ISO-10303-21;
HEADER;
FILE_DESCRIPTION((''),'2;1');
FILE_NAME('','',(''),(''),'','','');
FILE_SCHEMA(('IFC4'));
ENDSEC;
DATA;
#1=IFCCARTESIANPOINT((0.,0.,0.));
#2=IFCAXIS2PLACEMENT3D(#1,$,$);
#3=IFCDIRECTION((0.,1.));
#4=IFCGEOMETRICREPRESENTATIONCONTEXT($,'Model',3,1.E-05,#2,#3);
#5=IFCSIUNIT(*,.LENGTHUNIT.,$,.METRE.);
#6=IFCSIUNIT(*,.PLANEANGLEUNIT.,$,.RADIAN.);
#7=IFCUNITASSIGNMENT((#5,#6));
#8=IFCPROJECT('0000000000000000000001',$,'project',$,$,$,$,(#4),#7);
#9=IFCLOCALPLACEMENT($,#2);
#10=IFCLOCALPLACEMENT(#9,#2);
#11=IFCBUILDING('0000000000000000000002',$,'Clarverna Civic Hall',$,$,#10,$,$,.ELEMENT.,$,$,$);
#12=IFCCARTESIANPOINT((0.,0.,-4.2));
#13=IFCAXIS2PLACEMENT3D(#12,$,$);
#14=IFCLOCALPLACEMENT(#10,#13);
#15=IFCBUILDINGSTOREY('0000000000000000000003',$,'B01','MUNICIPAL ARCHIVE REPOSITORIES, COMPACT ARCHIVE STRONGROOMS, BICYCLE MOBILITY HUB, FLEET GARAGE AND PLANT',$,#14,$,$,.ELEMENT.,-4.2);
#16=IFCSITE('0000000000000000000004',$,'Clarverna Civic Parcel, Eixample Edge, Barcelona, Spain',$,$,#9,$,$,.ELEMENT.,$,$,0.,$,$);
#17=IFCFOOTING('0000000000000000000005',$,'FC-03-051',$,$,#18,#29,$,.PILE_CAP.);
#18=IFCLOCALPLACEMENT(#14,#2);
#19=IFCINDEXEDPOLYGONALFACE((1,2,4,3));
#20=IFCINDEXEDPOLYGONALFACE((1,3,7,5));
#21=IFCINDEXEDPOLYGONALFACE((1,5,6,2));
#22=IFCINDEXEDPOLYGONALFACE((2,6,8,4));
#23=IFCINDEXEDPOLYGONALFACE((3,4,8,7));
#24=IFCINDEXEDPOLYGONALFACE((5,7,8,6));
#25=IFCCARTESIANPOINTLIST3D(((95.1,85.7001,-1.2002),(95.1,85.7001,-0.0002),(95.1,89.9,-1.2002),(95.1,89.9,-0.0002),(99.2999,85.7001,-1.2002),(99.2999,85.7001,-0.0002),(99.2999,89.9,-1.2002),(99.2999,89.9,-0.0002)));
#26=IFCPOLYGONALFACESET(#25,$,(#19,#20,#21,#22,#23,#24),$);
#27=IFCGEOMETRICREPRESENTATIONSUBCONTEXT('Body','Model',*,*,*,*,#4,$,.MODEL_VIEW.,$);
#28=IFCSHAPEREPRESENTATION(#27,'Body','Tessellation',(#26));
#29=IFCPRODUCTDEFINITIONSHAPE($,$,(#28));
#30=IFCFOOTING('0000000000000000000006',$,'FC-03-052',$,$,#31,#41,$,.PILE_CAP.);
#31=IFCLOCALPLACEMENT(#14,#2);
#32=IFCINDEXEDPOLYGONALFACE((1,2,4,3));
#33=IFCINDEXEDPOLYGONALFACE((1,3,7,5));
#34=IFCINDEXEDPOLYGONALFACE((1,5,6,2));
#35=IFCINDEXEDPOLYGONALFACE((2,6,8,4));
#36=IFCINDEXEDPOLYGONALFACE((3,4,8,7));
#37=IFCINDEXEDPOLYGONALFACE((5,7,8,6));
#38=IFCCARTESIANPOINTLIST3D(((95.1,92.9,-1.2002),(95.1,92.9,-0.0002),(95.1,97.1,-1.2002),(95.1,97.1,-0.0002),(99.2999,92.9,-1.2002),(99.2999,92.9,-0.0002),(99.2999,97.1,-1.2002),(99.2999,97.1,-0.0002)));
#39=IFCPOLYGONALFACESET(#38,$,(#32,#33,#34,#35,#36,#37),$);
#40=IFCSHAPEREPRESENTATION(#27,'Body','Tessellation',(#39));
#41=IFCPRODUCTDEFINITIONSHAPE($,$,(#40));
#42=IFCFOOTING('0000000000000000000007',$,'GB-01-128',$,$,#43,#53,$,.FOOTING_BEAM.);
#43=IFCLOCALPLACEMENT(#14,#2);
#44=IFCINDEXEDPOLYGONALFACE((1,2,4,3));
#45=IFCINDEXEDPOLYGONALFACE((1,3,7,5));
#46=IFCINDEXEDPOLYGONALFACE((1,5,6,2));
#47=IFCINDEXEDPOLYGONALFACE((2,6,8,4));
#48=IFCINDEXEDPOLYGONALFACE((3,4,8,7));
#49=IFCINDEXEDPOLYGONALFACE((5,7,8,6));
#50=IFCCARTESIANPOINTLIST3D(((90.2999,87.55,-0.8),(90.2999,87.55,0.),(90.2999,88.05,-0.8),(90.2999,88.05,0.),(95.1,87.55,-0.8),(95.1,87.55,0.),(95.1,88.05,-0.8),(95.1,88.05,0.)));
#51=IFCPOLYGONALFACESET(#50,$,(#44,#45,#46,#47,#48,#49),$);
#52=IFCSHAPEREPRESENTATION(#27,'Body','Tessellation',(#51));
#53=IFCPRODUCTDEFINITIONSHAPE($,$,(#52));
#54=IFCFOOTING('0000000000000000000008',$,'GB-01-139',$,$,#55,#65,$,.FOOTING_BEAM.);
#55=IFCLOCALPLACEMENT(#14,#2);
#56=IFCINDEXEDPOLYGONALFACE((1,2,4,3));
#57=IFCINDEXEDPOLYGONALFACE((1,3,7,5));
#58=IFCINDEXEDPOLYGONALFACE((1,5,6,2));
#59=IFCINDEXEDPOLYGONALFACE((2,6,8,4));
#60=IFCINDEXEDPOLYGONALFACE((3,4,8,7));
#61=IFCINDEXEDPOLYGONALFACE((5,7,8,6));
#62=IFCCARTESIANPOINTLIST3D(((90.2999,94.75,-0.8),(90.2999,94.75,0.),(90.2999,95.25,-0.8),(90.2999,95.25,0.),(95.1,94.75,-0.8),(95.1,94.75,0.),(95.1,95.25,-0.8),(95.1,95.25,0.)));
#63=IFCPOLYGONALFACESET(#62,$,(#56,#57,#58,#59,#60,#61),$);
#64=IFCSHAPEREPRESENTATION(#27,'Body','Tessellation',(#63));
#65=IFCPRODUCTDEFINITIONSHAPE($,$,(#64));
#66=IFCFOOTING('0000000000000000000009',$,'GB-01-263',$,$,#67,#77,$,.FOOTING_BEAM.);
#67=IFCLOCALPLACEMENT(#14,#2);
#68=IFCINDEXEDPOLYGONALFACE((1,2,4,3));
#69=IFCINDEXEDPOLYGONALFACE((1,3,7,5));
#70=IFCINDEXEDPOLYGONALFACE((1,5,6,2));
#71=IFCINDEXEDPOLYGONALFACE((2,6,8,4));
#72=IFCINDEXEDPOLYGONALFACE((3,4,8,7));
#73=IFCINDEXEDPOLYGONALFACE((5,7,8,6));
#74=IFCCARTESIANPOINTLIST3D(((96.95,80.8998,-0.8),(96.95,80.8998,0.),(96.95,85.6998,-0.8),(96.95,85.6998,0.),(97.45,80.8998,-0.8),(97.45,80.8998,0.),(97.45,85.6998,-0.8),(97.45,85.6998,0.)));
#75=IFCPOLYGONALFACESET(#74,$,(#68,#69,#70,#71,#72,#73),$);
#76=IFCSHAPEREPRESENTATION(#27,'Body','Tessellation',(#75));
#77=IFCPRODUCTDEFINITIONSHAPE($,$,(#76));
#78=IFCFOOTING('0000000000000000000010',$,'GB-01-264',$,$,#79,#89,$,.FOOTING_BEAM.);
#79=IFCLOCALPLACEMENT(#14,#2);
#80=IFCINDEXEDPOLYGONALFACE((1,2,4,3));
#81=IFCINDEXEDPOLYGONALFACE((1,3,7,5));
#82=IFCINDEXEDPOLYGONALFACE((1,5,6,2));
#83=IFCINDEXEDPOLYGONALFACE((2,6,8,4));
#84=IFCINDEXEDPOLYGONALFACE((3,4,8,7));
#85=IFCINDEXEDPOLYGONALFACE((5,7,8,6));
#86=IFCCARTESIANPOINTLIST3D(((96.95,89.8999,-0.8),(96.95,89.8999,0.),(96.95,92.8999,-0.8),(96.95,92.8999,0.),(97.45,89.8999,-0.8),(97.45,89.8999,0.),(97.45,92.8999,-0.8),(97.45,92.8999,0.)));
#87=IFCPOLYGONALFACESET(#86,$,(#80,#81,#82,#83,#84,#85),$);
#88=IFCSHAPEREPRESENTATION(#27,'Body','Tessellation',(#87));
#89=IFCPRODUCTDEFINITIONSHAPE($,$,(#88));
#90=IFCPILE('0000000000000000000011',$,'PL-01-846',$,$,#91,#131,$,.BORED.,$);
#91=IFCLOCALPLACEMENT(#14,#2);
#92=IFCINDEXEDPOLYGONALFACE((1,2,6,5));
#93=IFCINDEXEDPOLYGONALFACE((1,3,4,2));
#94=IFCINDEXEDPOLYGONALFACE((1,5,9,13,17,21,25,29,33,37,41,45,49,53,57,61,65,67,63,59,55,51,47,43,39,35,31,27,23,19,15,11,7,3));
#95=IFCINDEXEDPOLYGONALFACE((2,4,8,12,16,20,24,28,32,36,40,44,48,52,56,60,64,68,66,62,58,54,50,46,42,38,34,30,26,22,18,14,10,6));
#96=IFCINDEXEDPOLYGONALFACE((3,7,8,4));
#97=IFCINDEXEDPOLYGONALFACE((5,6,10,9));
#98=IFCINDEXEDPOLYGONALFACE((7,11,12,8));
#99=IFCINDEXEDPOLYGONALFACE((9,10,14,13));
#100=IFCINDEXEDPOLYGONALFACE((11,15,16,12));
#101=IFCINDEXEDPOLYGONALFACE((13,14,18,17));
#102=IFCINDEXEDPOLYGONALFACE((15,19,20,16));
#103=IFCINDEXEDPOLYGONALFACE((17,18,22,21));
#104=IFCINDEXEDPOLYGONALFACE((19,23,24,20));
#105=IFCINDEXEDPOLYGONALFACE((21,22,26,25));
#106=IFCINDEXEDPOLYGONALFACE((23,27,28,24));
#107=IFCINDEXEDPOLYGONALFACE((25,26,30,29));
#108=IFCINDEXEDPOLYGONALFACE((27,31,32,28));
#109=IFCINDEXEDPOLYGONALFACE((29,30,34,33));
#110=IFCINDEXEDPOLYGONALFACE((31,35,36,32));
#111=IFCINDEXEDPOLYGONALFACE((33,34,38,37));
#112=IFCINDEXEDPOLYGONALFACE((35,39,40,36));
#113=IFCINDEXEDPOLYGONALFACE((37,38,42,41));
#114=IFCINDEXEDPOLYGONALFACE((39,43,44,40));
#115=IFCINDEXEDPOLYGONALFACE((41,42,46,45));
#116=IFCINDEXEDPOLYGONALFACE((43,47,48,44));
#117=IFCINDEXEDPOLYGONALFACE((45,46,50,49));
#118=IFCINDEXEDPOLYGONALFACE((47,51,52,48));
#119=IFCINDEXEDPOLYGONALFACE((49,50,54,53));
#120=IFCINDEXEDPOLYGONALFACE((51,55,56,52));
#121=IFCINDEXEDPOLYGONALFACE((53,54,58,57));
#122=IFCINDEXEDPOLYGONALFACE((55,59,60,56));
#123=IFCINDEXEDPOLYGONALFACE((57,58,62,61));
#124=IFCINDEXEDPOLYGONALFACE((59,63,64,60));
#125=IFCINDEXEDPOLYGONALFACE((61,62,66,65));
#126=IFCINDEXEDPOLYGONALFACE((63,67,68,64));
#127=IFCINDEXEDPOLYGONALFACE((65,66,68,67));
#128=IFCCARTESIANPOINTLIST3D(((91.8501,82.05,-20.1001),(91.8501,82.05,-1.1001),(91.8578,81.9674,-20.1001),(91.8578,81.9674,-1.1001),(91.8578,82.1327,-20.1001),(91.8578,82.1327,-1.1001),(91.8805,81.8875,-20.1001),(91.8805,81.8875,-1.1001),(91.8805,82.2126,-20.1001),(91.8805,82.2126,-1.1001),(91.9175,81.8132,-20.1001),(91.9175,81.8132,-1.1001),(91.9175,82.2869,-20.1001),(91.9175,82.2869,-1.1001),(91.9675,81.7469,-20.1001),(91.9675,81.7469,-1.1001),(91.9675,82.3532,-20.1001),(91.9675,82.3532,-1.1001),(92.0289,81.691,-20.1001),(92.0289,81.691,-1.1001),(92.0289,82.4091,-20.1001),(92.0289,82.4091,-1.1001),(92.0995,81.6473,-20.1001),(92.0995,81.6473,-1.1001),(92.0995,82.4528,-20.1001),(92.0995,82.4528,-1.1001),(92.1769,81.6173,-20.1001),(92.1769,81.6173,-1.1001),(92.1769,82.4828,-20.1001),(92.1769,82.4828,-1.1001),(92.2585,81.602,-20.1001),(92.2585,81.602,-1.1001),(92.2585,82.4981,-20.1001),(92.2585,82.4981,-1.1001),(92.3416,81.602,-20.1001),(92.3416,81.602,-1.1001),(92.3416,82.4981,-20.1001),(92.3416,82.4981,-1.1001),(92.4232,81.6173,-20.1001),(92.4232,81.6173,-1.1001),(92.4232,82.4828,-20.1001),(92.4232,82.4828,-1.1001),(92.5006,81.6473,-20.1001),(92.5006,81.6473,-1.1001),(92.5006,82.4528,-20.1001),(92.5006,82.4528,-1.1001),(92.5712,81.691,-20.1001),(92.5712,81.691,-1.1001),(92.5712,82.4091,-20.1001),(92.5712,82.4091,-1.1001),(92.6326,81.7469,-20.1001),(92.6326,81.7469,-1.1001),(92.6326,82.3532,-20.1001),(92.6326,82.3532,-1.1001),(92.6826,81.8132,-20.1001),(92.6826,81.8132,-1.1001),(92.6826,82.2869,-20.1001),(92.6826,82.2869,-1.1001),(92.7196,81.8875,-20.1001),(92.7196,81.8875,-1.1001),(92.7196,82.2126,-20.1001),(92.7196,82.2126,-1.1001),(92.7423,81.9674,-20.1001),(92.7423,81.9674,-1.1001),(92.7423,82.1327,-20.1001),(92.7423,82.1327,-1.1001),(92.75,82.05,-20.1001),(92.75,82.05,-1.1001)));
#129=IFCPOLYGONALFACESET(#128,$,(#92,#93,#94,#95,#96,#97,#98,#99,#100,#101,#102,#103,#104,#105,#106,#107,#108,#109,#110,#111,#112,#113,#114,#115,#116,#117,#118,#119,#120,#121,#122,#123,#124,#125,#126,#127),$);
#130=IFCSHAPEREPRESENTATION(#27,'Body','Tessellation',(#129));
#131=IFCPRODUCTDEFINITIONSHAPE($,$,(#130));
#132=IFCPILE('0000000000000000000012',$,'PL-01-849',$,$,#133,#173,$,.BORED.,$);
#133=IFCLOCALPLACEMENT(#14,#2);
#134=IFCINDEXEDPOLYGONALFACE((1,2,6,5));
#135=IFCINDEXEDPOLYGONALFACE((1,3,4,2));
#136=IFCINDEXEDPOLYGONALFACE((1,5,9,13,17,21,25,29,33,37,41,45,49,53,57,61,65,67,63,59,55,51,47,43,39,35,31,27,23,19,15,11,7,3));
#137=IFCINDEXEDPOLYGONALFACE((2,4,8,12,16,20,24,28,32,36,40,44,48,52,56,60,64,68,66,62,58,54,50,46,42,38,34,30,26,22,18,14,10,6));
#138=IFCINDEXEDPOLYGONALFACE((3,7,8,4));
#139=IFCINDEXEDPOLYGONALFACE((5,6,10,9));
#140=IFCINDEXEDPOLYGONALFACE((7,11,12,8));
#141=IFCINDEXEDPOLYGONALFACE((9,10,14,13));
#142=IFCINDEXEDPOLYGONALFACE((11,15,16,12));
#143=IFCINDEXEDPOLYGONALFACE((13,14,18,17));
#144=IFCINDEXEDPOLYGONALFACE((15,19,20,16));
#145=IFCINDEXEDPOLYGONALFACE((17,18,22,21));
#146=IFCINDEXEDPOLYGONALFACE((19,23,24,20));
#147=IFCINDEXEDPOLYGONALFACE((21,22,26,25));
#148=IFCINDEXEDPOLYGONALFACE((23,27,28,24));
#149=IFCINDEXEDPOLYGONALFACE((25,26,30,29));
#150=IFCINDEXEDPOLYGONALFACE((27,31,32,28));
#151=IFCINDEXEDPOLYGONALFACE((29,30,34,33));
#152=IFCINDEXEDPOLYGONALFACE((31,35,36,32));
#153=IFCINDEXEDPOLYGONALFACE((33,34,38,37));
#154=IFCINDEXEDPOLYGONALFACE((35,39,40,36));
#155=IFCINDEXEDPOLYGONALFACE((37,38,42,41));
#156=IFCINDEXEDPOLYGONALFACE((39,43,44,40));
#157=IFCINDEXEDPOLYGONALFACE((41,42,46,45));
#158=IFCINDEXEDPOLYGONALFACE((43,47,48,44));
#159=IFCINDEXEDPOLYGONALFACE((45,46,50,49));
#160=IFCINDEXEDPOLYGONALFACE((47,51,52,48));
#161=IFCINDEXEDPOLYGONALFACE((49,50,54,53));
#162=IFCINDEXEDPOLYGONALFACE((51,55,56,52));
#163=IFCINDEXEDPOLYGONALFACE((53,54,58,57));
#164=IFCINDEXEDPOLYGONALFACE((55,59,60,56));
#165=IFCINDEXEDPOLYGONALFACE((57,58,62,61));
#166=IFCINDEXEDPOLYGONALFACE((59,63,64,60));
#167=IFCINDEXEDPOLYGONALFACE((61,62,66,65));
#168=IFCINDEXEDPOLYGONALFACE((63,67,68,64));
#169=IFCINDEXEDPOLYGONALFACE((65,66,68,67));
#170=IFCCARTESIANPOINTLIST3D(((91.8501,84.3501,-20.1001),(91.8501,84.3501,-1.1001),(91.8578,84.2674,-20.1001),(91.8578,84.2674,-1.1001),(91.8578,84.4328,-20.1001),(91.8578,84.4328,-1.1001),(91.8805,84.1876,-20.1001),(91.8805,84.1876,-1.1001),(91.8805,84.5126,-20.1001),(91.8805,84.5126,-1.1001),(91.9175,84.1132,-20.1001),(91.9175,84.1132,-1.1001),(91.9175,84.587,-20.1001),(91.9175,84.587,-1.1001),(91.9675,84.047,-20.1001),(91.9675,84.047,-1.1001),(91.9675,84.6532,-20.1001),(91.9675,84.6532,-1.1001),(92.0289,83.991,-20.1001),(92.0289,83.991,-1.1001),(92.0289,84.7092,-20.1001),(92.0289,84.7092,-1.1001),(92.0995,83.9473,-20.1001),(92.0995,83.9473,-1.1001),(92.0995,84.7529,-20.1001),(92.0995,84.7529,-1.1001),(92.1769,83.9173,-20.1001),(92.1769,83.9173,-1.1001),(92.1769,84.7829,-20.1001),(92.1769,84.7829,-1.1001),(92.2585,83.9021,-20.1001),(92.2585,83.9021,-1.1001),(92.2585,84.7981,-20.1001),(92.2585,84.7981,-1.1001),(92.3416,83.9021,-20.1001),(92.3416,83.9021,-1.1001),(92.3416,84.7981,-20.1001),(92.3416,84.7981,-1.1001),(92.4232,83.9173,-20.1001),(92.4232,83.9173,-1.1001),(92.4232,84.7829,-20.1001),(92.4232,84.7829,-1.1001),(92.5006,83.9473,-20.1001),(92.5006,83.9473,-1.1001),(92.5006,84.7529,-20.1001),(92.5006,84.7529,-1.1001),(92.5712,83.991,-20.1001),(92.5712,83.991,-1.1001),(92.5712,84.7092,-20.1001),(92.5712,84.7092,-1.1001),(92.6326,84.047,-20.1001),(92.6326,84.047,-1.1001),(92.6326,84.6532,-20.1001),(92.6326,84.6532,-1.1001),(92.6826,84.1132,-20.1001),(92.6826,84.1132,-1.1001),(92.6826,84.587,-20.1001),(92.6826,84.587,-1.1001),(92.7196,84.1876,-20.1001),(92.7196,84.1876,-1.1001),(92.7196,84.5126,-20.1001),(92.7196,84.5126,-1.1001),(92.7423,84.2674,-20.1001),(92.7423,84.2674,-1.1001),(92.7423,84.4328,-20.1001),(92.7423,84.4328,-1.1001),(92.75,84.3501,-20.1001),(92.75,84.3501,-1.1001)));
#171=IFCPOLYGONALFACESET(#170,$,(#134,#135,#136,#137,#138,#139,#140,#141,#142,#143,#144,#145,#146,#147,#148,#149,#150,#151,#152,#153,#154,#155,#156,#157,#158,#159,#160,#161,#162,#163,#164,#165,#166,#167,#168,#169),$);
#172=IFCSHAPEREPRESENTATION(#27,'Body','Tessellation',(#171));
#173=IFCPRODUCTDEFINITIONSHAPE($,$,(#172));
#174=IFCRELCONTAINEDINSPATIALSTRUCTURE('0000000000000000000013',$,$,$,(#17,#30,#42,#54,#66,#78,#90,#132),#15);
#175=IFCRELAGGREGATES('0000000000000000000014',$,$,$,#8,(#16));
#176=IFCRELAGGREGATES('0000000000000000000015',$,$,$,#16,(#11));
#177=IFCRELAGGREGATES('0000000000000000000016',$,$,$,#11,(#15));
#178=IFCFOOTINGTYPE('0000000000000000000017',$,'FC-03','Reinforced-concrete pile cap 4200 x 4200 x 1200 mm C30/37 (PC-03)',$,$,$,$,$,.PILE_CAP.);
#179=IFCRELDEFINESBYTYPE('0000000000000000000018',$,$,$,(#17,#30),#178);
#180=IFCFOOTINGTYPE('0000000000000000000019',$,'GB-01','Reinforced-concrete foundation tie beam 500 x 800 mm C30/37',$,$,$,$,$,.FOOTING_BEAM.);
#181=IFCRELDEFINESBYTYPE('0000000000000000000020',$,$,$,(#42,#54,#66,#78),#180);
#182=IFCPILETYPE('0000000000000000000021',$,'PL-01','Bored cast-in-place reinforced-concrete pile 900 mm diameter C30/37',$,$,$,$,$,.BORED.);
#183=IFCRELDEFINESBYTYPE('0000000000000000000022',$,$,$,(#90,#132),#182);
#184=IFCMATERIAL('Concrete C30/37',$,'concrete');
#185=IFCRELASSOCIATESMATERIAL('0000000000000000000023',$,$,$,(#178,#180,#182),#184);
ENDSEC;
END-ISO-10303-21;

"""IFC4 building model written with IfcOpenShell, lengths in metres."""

from ifc_helpers import new_model, si_unit, direction, frame, frame_2d, origin, origin_2d, place, context, subcontext, project, spatial, rectangle, circle, extrude, material, material_profile, profile_set, type_object, element, save


model = new_model("IFC4")

# Units and contexts
model_context = context("Model", 3, precision=1e-05, world=origin(), true_north=direction((0.0, 1.0)))
body_context = subcontext(model_context, "Body", "Model", "MODEL_VIEW")
ifc_project = project(units=[si_unit("LENGTHUNIT", "METRE"), si_unit("PLANEANGLEUNIT", "RADIAN")], contexts=[model_context])

# Site, building, storey
site_placement = place(None, origin())
site = spatial("IfcSite", under=ifc_project, at=site_placement, Name="Clarverna Civic Parcel, Eixample Edge, Barcelona, Spain", CompositionType="ELEMENT", RefElevation=0.0)
building_placement = place(site_placement, origin())
building = spatial("IfcBuilding", under=site, at=building_placement, Name="Clarverna Civic Hall", CompositionType="ELEMENT")
storey_placement = place(building_placement, frame((0.0, 0.0, -4.2)))
storey = spatial("IfcBuildingStorey", under=building, at=storey_placement, Name="B01", Description="MUNICIPAL ARCHIVE REPOSITORIES, COMPACT ARCHIVE STRONGROOMS, BICYCLE MOBILITY HUB, FLEET GARAGE AND PLANT", CompositionType="ELEMENT", Elevation=-4.2)

# Footings
ifc_material_1 = material(Name="Concrete C30/37", Category="concrete")
footing_type_1 = type_object("IfcFootingType", Name="FC-03", Description="Reinforced-concrete pile cap 4200 x 4200 x 1200 mm C30/37 (PC-03)", PredefinedType="PILE_CAP", material=ifc_material_1)
for number, where, z_axis, x_axis, name in (
    (1, (97.2, 87.8, -1.2002), (0.0, 0.0, 1.0), (1.0, 0.0, 0.0), "FC-03-051"),
    (2, (97.2, 95.0, -1.2002), (0.0, 0.0, 1.0), (1.0, 0.0, 0.0), "FC-03-052"),
):
    element("IfcFooting", number, at=place(storey_placement, frame(where, z_axis=z_axis, x_axis=x_axis)), inside=storey, type_object=footing_type_1, Name=name, PredefinedType="PILE_CAP", context=body_context, shape_type="SweptSolid", body=[
        extrude(rectangle(XDim=4.2, YDim=4.2, at=origin_2d()), origin(), (0.0, 0.0, 1.0), 1.2),
    ])
footing_type_2 = type_object("IfcFootingType", Name="GB-01", Description="Reinforced-concrete foundation tie beam 500 x 800 mm C30/37", PredefinedType="FOOTING_BEAM", material=ifc_material_1)
for number, where, z_axis, x_axis, name in (
    (3, (90.3, 87.8, -0.8), (0.0, 0.0, 1.0), (1.0, 0.0, 0.0), "GB-01-128"),
    (4, (90.3, 95.0, -0.8), (0.0, 0.0, 1.0), (1.0, 0.0, 0.0), "GB-01-139"),
    (5, (97.2, 80.8999, -0.8), (0.0, 0.0, 1.0), (0.0, 1.0, 0.0), "GB-01-263"),
):
    element("IfcFooting", number, at=place(storey_placement, frame(where, z_axis=z_axis, x_axis=x_axis)), inside=storey, type_object=footing_type_2, Name=name, PredefinedType="FOOTING_BEAM", context=body_context, shape_type="SweptSolid", body=[
        extrude(rectangle(XDim=4.8, YDim=0.5, at=frame_2d((2.3999, 0.0))), origin(), (0.0, 0.0, 1.0), 0.8),
    ])
footing_placement = place(storey_placement, frame((97.2, 89.8999, -0.8), z_axis=(0.0, 0.0, 1.0), x_axis=(0.0, 1.0, 0.0)))
element("IfcFooting", 6, at=footing_placement, inside=storey, type_object=footing_type_2, Name="GB-01-264", PredefinedType="FOOTING_BEAM", context=body_context, shape_type="SweptSolid", body=[
    extrude(rectangle(XDim=3.0, YDim=0.5, at=frame_2d((1.5, 0.0))), origin(), (0.0, 0.0, 1.0), 0.8),
])

# Piles
ifc_material_profile_1 = material_profile(ifc_material_1, circle(Radius=0.45, at=origin_2d()), Name="BORED PILE D900")
ifc_profile_set_1 = profile_set([ifc_material_profile_1], Name="Concrete C30/37")
pile_type_1 = type_object("IfcPileType", Name="PL-01", Description="Bored cast-in-place reinforced-concrete pile 900 mm diameter C30/37", PredefinedType="BORED", material=ifc_profile_set_1)
for number, where, z_axis, x_axis, name in (
    (7, (92.3, 82.05, -1.1001), (0.0, 0.0, -1.0), (1.0, 0.0, 0.0), "PL-01-846"),
    (8, (92.3, 84.3501, -1.1001), (0.0, 0.0, -1.0), (1.0, 0.0, 0.0), "PL-01-849"),
):
    element("IfcPile", number, at=place(storey_placement, frame(where, z_axis=z_axis, x_axis=x_axis)), inside=storey, type_object=pile_type_1, Name=name, PredefinedType="BORED", context=body_context, shape_type="SweptSolid", body=[
        extrude(circle(Radius=0.45, at=origin_2d()), origin(), (0.0, 0.0, 1.0), 19.0),
    ])

save(model, "model.ifc")
